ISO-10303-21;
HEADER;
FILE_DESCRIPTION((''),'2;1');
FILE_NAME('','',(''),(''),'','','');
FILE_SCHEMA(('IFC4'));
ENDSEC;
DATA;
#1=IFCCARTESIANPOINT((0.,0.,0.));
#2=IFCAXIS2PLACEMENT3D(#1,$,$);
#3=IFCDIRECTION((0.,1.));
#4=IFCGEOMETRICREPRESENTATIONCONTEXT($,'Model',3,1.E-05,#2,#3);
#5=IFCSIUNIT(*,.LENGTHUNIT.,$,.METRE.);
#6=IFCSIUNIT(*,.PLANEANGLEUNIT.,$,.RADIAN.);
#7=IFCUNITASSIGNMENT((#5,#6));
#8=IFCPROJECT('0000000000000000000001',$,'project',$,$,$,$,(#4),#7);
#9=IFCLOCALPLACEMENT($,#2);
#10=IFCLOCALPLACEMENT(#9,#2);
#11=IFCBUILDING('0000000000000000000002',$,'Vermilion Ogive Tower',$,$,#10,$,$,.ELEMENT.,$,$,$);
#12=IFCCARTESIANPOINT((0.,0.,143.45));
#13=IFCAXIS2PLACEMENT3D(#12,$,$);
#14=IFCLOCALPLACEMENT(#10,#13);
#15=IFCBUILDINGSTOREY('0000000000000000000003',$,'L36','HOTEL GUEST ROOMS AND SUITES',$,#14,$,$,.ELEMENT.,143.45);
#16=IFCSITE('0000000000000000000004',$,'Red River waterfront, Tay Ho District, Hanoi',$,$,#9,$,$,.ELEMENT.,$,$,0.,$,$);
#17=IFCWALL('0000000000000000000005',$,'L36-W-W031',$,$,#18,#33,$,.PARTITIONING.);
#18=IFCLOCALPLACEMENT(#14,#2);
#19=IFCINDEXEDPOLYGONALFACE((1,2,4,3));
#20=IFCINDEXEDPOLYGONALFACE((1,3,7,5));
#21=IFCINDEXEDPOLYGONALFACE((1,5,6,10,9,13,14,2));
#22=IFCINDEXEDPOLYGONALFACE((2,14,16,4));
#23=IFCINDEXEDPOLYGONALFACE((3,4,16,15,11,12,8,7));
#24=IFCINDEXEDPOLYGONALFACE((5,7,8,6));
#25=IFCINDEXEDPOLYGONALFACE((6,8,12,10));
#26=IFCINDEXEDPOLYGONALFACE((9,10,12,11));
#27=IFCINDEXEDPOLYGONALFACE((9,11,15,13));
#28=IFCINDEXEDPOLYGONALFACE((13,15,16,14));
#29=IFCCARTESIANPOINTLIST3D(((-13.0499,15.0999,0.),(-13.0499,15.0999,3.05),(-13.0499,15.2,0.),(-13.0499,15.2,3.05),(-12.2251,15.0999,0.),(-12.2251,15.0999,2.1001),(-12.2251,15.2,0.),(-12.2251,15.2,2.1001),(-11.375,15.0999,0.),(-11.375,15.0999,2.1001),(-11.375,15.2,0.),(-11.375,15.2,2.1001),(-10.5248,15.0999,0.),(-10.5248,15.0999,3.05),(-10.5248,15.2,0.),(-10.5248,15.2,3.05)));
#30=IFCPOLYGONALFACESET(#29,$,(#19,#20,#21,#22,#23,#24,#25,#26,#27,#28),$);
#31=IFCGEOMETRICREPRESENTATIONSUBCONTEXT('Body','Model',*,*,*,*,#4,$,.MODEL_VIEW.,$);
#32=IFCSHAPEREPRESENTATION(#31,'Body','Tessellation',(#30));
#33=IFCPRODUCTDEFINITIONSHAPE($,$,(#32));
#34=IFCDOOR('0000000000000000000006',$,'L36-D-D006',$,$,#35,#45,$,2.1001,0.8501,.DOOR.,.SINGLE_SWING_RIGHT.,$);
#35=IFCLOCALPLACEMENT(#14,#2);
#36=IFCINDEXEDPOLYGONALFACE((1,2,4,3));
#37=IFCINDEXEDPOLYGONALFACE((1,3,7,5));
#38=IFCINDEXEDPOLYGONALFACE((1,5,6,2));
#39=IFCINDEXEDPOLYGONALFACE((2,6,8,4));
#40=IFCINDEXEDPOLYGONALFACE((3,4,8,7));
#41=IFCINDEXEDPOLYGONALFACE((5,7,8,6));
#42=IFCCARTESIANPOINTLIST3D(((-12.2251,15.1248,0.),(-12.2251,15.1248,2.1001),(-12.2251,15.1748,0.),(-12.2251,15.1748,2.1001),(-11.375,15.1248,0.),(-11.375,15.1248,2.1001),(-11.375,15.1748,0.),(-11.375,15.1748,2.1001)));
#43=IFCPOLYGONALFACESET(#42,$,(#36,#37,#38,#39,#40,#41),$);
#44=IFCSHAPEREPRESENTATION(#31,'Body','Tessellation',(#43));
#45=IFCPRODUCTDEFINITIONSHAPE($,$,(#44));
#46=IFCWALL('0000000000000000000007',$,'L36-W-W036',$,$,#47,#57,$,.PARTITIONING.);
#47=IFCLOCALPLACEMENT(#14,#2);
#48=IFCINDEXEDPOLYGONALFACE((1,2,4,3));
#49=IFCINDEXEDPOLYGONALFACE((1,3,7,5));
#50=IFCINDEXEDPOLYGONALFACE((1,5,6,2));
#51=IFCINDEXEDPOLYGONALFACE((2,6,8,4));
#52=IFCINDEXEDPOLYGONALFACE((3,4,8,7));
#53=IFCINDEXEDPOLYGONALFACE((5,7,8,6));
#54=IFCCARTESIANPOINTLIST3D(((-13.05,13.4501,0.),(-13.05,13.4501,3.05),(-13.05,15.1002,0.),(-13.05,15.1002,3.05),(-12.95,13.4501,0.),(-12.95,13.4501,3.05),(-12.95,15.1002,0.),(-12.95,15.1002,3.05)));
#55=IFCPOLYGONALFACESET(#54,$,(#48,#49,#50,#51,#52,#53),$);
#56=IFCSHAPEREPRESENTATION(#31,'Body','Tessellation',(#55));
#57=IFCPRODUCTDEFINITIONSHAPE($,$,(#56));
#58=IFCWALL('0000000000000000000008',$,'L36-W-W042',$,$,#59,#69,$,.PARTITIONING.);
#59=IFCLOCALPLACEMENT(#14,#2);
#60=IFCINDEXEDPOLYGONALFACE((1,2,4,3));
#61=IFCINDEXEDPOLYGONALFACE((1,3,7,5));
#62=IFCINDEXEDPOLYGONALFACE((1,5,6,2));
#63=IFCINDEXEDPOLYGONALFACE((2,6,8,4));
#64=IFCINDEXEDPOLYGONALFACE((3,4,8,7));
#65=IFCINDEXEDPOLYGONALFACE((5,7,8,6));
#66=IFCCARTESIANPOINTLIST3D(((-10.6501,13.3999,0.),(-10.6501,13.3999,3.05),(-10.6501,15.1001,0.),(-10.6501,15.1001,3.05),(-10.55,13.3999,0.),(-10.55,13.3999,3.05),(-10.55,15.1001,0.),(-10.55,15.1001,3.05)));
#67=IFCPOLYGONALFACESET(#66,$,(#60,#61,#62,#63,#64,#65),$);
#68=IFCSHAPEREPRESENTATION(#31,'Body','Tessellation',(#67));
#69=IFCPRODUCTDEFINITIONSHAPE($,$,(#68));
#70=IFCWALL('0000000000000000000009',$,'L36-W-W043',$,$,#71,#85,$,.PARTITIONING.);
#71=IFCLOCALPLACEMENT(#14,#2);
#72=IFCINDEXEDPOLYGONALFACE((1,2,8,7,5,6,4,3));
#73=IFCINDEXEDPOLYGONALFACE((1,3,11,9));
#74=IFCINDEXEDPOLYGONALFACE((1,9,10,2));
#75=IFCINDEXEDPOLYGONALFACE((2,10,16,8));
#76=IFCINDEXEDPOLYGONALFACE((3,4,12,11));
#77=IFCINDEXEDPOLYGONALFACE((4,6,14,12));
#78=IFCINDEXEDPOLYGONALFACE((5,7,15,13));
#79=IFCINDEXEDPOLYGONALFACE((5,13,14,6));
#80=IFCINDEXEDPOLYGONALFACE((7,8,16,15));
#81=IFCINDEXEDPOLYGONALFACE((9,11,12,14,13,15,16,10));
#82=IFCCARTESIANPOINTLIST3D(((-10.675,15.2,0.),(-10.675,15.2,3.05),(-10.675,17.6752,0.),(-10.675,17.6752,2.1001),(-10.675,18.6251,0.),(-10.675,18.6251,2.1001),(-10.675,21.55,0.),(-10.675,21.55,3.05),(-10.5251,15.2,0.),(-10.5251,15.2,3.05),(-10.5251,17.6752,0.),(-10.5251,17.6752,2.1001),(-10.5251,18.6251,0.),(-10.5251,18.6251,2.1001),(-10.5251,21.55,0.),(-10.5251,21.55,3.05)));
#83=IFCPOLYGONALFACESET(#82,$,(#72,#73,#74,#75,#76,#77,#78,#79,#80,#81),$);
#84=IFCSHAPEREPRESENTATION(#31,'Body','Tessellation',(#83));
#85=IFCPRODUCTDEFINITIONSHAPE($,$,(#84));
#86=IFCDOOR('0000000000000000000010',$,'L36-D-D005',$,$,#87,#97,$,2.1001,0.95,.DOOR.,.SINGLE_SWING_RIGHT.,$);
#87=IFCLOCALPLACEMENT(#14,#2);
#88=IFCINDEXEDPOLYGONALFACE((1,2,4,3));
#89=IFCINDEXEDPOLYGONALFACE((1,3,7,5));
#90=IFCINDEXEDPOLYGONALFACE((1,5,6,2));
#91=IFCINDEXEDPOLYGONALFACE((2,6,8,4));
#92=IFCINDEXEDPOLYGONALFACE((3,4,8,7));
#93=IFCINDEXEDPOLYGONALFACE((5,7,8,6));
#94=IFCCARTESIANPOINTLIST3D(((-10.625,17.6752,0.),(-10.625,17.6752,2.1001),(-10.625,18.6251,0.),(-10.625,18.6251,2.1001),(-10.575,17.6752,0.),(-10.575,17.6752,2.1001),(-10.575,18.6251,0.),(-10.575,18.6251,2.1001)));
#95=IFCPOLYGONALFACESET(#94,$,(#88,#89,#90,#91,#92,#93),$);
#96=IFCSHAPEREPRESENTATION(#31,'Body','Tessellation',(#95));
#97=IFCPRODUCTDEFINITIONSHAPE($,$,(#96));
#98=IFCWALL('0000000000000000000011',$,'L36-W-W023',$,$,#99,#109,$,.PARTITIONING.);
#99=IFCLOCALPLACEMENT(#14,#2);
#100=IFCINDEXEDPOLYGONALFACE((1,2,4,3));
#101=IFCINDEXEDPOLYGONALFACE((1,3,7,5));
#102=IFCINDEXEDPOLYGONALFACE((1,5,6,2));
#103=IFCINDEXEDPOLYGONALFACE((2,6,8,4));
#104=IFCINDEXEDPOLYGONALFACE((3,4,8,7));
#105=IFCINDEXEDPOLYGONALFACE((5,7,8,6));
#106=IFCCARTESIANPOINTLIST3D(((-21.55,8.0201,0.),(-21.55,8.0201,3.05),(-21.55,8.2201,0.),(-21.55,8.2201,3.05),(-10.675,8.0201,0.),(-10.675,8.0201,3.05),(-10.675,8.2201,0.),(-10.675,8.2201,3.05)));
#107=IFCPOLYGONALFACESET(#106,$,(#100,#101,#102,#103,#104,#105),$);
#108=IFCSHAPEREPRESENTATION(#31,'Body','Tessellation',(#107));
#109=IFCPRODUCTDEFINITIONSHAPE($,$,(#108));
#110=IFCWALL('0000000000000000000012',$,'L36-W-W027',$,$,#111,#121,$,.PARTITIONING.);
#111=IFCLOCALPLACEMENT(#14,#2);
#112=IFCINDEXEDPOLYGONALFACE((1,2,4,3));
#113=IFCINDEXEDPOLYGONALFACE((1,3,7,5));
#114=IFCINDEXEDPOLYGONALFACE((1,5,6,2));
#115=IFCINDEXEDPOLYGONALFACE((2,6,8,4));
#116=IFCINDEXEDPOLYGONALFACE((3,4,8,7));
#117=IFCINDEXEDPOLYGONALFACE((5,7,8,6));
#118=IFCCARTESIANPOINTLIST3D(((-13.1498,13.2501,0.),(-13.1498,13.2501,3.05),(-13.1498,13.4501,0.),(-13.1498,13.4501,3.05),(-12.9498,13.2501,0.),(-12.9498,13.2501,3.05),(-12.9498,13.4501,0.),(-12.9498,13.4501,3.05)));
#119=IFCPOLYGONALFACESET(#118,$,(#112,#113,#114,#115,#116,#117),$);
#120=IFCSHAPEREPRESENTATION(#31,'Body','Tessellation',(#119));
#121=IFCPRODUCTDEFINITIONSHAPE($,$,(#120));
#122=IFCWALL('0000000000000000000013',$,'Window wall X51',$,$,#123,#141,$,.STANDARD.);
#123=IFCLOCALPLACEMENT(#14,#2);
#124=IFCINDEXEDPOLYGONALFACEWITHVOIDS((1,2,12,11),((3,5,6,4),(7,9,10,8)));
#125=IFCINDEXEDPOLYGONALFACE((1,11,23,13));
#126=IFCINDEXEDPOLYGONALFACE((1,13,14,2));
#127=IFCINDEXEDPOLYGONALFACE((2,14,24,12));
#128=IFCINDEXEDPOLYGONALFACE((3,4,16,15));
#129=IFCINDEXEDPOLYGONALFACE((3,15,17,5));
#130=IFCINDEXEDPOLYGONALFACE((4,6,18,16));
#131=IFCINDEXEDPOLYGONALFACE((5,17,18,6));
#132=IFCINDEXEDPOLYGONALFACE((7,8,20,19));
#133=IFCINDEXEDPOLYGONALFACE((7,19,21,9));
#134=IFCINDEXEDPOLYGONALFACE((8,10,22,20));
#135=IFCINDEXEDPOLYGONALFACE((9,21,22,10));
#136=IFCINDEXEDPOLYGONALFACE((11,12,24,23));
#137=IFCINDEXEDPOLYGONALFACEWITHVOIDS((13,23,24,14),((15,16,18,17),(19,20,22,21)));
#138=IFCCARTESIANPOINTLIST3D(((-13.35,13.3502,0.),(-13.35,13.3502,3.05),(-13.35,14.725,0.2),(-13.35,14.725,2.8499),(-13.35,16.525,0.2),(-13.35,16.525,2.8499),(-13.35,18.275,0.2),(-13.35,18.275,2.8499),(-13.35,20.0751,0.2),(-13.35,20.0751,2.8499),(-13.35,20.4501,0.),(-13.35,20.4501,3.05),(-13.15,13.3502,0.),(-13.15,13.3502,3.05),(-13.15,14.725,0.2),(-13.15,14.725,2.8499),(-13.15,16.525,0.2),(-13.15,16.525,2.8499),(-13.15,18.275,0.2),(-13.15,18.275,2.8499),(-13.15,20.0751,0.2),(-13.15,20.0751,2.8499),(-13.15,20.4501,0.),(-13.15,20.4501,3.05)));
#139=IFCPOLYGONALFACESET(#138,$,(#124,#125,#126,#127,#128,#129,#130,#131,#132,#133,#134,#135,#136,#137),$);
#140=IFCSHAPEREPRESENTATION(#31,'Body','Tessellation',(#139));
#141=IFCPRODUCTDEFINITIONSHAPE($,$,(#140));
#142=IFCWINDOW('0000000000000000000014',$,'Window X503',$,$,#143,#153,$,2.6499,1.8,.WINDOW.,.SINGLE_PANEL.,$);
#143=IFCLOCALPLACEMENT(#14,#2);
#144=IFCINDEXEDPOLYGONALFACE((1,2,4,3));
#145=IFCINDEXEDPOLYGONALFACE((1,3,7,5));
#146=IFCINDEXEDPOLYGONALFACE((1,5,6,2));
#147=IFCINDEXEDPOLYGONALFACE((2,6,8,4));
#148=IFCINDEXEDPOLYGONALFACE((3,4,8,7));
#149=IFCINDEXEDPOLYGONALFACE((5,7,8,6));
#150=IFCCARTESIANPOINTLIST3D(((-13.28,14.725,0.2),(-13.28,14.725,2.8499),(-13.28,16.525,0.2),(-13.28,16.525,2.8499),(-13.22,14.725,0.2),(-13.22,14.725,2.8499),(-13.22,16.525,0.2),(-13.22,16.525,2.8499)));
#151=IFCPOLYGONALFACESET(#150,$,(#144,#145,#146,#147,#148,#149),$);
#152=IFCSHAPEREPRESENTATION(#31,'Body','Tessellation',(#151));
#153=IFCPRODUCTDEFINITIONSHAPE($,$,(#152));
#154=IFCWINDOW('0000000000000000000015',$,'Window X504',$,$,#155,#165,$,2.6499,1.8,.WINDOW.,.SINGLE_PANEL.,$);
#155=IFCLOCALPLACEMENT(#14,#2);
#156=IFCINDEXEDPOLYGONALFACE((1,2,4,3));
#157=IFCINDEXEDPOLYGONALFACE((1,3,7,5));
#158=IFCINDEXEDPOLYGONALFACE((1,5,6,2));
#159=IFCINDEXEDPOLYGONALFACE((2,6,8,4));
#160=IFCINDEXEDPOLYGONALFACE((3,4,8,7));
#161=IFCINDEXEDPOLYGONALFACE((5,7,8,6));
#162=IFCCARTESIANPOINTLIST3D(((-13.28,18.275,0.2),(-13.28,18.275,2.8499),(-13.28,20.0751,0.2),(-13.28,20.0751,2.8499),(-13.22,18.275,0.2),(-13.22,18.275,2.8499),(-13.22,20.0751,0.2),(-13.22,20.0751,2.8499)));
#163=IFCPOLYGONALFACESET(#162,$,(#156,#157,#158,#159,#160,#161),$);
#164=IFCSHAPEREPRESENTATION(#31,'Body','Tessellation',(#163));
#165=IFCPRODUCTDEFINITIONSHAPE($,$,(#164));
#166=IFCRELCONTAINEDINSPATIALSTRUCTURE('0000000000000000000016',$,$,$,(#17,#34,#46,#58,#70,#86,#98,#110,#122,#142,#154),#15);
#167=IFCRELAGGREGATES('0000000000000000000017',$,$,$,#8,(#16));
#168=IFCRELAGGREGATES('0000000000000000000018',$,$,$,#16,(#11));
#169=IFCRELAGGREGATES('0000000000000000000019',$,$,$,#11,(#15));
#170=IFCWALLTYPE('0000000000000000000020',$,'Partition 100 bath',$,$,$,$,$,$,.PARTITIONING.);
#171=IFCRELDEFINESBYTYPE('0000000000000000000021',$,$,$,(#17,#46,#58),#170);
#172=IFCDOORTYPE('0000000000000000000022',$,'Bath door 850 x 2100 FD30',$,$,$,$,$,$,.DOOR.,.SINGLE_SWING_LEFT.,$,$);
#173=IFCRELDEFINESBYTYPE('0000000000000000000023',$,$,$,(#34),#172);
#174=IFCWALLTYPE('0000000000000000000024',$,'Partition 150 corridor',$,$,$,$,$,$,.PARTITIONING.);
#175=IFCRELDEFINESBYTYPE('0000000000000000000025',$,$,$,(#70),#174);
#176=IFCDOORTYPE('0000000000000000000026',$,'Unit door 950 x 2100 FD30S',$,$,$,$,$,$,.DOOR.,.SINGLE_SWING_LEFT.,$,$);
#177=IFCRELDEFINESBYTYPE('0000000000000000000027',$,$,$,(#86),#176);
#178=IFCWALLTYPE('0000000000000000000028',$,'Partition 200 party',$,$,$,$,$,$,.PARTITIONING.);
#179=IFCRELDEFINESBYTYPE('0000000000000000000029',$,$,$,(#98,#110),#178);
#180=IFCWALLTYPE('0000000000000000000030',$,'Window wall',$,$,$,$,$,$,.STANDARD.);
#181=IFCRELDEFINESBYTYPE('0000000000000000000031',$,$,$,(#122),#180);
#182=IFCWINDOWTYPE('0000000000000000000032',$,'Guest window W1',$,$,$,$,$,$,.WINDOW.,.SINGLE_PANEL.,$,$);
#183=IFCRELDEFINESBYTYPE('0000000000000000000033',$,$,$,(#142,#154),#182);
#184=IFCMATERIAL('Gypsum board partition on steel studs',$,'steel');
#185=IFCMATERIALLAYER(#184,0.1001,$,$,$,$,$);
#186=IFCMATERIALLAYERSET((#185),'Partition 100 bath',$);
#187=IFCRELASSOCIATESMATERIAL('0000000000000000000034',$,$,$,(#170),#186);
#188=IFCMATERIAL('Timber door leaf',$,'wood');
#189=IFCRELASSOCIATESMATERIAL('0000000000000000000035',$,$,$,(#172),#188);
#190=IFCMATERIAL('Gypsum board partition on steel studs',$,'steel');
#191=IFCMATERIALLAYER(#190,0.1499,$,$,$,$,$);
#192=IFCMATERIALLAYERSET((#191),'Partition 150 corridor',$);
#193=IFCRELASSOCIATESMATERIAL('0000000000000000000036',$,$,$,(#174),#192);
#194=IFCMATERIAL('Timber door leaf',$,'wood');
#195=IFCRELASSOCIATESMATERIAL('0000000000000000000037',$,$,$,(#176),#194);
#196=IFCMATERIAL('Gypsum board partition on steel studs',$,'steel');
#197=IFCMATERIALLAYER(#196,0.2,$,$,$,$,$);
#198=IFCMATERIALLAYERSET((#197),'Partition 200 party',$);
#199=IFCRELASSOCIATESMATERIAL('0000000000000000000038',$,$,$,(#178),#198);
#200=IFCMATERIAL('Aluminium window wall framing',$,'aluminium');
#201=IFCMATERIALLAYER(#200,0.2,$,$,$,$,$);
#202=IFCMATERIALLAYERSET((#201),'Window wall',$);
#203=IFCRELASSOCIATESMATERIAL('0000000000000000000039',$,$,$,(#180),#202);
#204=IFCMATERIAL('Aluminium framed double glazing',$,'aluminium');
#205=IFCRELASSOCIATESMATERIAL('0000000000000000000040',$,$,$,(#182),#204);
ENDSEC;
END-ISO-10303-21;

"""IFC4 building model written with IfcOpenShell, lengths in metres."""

from ifc_helpers import new_model, si_unit, direction, frame, frame_2d, origin, place, context, subcontext, project, spatial, rectangle, extrude, material, layer, layer_set, type_object, element, fill, save


model = new_model("IFC4")

# Units and contexts
model_context = context("Model", 3, precision=1e-05, world=origin(), true_north=direction((0.0, 1.0)))
body_context = subcontext(model_context, "Body", "Model", "MODEL_VIEW")
ifc_project = project(units=[si_unit("LENGTHUNIT", "METRE"), si_unit("PLANEANGLEUNIT", "RADIAN")], contexts=[model_context])

# Site, building, storey
site_placement = place(None, origin())
site = spatial("IfcSite", under=ifc_project, at=site_placement, Name="Red River waterfront, Tay Ho District, Hanoi", CompositionType="ELEMENT", RefElevation=0.0)
building_placement = place(site_placement, origin())
building = spatial("IfcBuilding", under=site, at=building_placement, Name="Vermilion Ogive Tower", CompositionType="ELEMENT")
storey_placement = place(building_placement, frame((0.0, 0.0, 143.45)))
storey = spatial("IfcBuildingStorey", under=building, at=storey_placement, Name="L36", Description="HOTEL GUEST ROOMS AND SUITES", CompositionType="ELEMENT", Elevation=143.45)

# Shared definitions
ifc_material_1 = material(Name="Gypsum board partition on steel studs", Category="steel")
ifc_layer_1 = layer(ifc_material_1, 0.1001)
ifc_layer_set_1 = layer_set([ifc_layer_1], Name="Partition 100 bath")
wall_type_1 = type_object("IfcWallType", Name="Partition 100 bath", PredefinedType="PARTITIONING", material=ifc_layer_set_1)

# Wall, opening, door
wall_1_placement = place(storey_placement, frame((-13.05, 15.1499, 0.0), z_axis=(0.0, 0.0, 1.0), x_axis=(1.0, 0.0, 0.0)))
wall_1 = element("IfcWall", 1, at=wall_1_placement, inside=storey, type_object=wall_type_1, Name="L36-W-W031", PredefinedType="PARTITIONING", context=body_context, shape_type="SweptSolid", body=[
    extrude(rectangle(XDim=2.5251, YDim=0.1001, at=frame_2d((1.2627, 0.0))), origin(), (0.0, 0.0, 1.0), 3.05),
])
opening_1_placement = place(wall_1_placement, frame((0.825, 0.0, 0.0)))
opening_1 = element("IfcOpeningElement", 2, at=opening_1_placement, cuts=wall_1, PredefinedType="OPENING", context=body_context, shape_type="SweptSolid", body=[
    extrude(rectangle(XDim=0.8501, YDim=2.1001, at=frame_2d((0.425, 1.05))), frame((0.0, 0.0601, 0.0), z_axis=(0.0, -1.0, 0.0), x_axis=(1.0, 0.0, 0.0)), (0.0, 0.0, 1.0), 0.1201),
])
ifc_material_2 = material(Name="Timber door leaf", Category="wood")
door_type_1 = type_object("IfcDoorType", Name="Bath door 850 x 2100 FD30", OperationType="SINGLE_SWING_LEFT", PredefinedType="DOOR", material=ifc_material_2)
door_1_placement = place(opening_1_placement, origin())
door_1 = element("IfcDoor", 3, at=door_1_placement, inside=storey, type_object=door_type_1, Name="L36-D-D006", OperationType="SINGLE_SWING_RIGHT", OverallHeight=2.1001, OverallWidth=0.8501, PredefinedType="DOOR", context=body_context, shape_type="SweptSolid", body=[
    extrude(rectangle(XDim=0.8501, YDim=2.1001, at=frame_2d((0.425, 1.05))), frame((0.0, 0.0249, 0.0), z_axis=(0.0, -1.0, 0.0), x_axis=(1.0, 0.0, 0.0)), (0.0, 0.0, 1.0), 0.05),
])
fill(opening_1, door_1)

# Walls
wall_2_placement = place(storey_placement, frame((-13.0, 13.45, 0.0), z_axis=(0.0, 0.0, 1.0), x_axis=(0.0, 1.0, 0.0)))
element("IfcWall", 4, at=wall_2_placement, inside=storey, type_object=wall_type_1, Name="L36-W-W036", PredefinedType="PARTITIONING", context=body_context, shape_type="SweptSolid", body=[
    extrude(rectangle(XDim=1.6501, YDim=0.1001, at=frame_2d((0.8252, 0.0))), origin(), (0.0, 0.0, 1.0), 3.05),
])
wall_3_placement = place(storey_placement, frame((-10.6001, 13.3999, 0.0), z_axis=(0.0, 0.0, 1.0), x_axis=(0.0, 1.0, 0.0)))
element("IfcWall", 5, at=wall_3_placement, inside=storey, type_object=wall_type_1, Name="L36-W-W042", PredefinedType="PARTITIONING", context=body_context, shape_type="SweptSolid", body=[
    extrude(rectangle(XDim=1.7002, YDim=0.1001, at=frame_2d((0.8501, 0.0))), origin(), (0.0, 0.0, 1.0), 3.05),
])

# Wall, opening, door
ifc_material_3 = material(Name="Gypsum board partition on steel studs", Category="steel")
ifc_layer_2 = layer(ifc_material_3, 0.1499)
ifc_layer_set_2 = layer_set([ifc_layer_2], Name="Partition 150 corridor")
wall_type_2 = type_object("IfcWallType", Name="Partition 150 corridor", PredefinedType="PARTITIONING", material=ifc_layer_set_2)
wall_4_placement = place(storey_placement, frame((-10.6001, 15.2, 0.0), z_axis=(0.0, 0.0, 1.0), x_axis=(0.0, 1.0, 0.0)))
wall_4 = element("IfcWall", 6, at=wall_4_placement, inside=storey, type_object=wall_type_2, Name="L36-W-W043", PredefinedType="PARTITIONING", context=body_context, shape_type="SweptSolid", body=[
    extrude(rectangle(XDim=6.3501, YDim=0.1499, at=frame_2d((3.175, 0.0))), origin(), (0.0, 0.0, 1.0), 3.05),
])
opening_2_placement = place(wall_4_placement, frame((2.4751, 0.0, 0.0)))
opening_2 = element("IfcOpeningElement", 7, at=opening_2_placement, cuts=wall_4, PredefinedType="OPENING", context=body_context, shape_type="SweptSolid", body=[
    extrude(rectangle(XDim=0.95, YDim=2.1001, at=frame_2d((0.4751, 1.05))), frame((0.0, 0.085, 0.0), z_axis=(0.0, -1.0, 0.0), x_axis=(1.0, 0.0, 0.0)), (0.0, 0.0, 1.0), 0.1699),
])
ifc_material_4 = material(Name="Timber door leaf", Category="wood")
door_type_2 = type_object("IfcDoorType", Name="Unit door 950 x 2100 FD30S", OperationType="SINGLE_SWING_LEFT", PredefinedType="DOOR", material=ifc_material_4)
door_2_placement = place(opening_2_placement, origin())
door_2 = element("IfcDoor", 8, at=door_2_placement, inside=storey, type_object=door_type_2, Name="L36-D-D005", OperationType="SINGLE_SWING_RIGHT", OverallHeight=2.1001, OverallWidth=0.95, PredefinedType="DOOR", context=body_context, shape_type="SweptSolid", body=[
    extrude(rectangle(XDim=0.95, YDim=2.1001, at=frame_2d((0.4751, 1.05))), frame((0.0, 0.0249, 0.0), z_axis=(0.0, -1.0, 0.0), x_axis=(1.0, 0.0, 0.0)), (0.0, 0.0, 1.0), 0.05),
])
fill(opening_2, door_2)

# Walls
ifc_material_5 = material(Name="Gypsum board partition on steel studs", Category="steel")
ifc_layer_3 = layer(ifc_material_5, 0.2)
ifc_layer_set_3 = layer_set([ifc_layer_3], Name="Partition 200 party")
wall_type_3 = type_object("IfcWallType", Name="Partition 200 party", PredefinedType="PARTITIONING", material=ifc_layer_set_3)
wall_5_placement = place(storey_placement, frame((-21.55, 8.1201, 0.0), z_axis=(0.0, 0.0, 1.0), x_axis=(1.0, 0.0, 0.0)))
element("IfcWall", 9, at=wall_5_placement, inside=storey, type_object=wall_type_3, Name="L36-W-W023", PredefinedType="PARTITIONING", context=body_context, shape_type="SweptSolid", body=[
    extrude(rectangle(XDim=10.875, YDim=0.2, at=frame_2d((5.4375, 0.0))), origin(), (0.0, 0.0, 1.0), 3.05),
])
wall_6_placement = place(storey_placement, frame((-13.1499, 13.3501, 0.0), z_axis=(0.0, 0.0, 1.0), x_axis=(1.0, 0.0, 0.0)))
element("IfcWall", 10, at=wall_6_placement, inside=storey, type_object=wall_type_3, Name="L36-W-W027", PredefinedType="PARTITIONING", context=body_context, shape_type="SweptSolid", body=[
    extrude(rectangle(XDim=0.2, YDim=0.2, at=frame_2d((0.1001, 0.0))), origin(), (0.0, 0.0, 1.0), 3.05),
])

# Wall, openings, windows
ifc_material_6 = material(Name="Aluminium window wall framing", Category="aluminium")
ifc_layer_4 = layer(ifc_material_6, 0.2)
ifc_layer_set_4 = layer_set([ifc_layer_4], Name="Window wall")
wall_type_4 = type_object("IfcWallType", Name="Window wall", PredefinedType="STANDARD", material=ifc_layer_set_4)
wall_7_placement = place(storey_placement, frame((-13.25, 20.45, 0.0), z_axis=(0.0, 0.0, 1.0), x_axis=(0.0, -1.0, 0.0)))
wall_7 = element("IfcWall", 11, at=wall_7_placement, inside=storey, type_object=wall_type_4, Name="Window wall X51", PredefinedType="STANDARD", context=body_context, shape_type="SweptSolid", body=[
    extrude(rectangle(XDim=7.0999, YDim=0.2, at=frame_2d((3.5498, 0.0))), origin(), (0.0, 0.0, 1.0), 3.05),
])
opening_3_placement = place(wall_7_placement, frame((3.925, 0.0, 0.2)))
opening_3 = element("IfcOpeningElement", 12, at=opening_3_placement, cuts=wall_7, PredefinedType="OPENING", context=body_context, shape_type="SweptSolid", body=[
    extrude(rectangle(XDim=1.8, YDim=2.6499, at=frame_2d((0.8999, 1.325))), frame((0.0, 0.1099, 0.0), z_axis=(0.0, -1.0, 0.0), x_axis=(1.0, 0.0, 0.0)), (0.0, 0.0, 1.0), 0.22),
])
opening_4_placement = place(wall_7_placement, frame((0.375, 0.0, 0.2)))
opening_4 = element("IfcOpeningElement", 13, at=opening_4_placement, cuts=wall_7, PredefinedType="OPENING", context=body_context, shape_type="SweptSolid", body=[
    extrude(rectangle(XDim=1.8, YDim=2.6499, at=frame_2d((0.8999, 1.325))), frame((0.0, 0.1099, 0.0), z_axis=(0.0, -1.0, 0.0), x_axis=(1.0, 0.0, 0.0)), (0.0, 0.0, 1.0), 0.22),
])
ifc_material_7 = material(Name="Aluminium framed double glazing", Category="aluminium")
window_type = type_object("IfcWindowType", Name="Guest window W1", PartitioningType="SINGLE_PANEL", PredefinedType="WINDOW", material=ifc_material_7)
window_1_placement = place(opening_3_placement, origin())
window_1 = element("IfcWindow", 14, at=window_1_placement, inside=storey, type_object=window_type, Name="Window X503", OverallHeight=2.6499, OverallWidth=1.8, PartitioningType="SINGLE_PANEL", PredefinedType="WINDOW", context=body_context, shape_type="SweptSolid", body=[
    extrude(rectangle(XDim=1.8, YDim=2.6499, at=frame_2d((0.8999, 1.325))), frame((0.0, 0.03, 0.0), z_axis=(0.0, -1.0, 0.0), x_axis=(1.0, 0.0, 0.0)), (0.0, 0.0, 1.0), 0.0601),
])
fill(opening_3, window_1)
window_2_placement = place(opening_4_placement, origin())
window_2 = element("IfcWindow", 15, at=window_2_placement, inside=storey, type_object=window_type, Name="Window X504", OverallHeight=2.6499, OverallWidth=1.8, PartitioningType="SINGLE_PANEL", PredefinedType="WINDOW", context=body_context, shape_type="SweptSolid", body=[
    extrude(rectangle(XDim=1.8, YDim=2.6499, at=frame_2d((0.8999, 1.325))), frame((0.0, 0.03, 0.0), z_axis=(0.0, -1.0, 0.0), x_axis=(1.0, 0.0, 0.0)), (0.0, 0.0, 1.0), 0.0601),
])
fill(opening_4, window_2)

save(model, "model.ifc")
